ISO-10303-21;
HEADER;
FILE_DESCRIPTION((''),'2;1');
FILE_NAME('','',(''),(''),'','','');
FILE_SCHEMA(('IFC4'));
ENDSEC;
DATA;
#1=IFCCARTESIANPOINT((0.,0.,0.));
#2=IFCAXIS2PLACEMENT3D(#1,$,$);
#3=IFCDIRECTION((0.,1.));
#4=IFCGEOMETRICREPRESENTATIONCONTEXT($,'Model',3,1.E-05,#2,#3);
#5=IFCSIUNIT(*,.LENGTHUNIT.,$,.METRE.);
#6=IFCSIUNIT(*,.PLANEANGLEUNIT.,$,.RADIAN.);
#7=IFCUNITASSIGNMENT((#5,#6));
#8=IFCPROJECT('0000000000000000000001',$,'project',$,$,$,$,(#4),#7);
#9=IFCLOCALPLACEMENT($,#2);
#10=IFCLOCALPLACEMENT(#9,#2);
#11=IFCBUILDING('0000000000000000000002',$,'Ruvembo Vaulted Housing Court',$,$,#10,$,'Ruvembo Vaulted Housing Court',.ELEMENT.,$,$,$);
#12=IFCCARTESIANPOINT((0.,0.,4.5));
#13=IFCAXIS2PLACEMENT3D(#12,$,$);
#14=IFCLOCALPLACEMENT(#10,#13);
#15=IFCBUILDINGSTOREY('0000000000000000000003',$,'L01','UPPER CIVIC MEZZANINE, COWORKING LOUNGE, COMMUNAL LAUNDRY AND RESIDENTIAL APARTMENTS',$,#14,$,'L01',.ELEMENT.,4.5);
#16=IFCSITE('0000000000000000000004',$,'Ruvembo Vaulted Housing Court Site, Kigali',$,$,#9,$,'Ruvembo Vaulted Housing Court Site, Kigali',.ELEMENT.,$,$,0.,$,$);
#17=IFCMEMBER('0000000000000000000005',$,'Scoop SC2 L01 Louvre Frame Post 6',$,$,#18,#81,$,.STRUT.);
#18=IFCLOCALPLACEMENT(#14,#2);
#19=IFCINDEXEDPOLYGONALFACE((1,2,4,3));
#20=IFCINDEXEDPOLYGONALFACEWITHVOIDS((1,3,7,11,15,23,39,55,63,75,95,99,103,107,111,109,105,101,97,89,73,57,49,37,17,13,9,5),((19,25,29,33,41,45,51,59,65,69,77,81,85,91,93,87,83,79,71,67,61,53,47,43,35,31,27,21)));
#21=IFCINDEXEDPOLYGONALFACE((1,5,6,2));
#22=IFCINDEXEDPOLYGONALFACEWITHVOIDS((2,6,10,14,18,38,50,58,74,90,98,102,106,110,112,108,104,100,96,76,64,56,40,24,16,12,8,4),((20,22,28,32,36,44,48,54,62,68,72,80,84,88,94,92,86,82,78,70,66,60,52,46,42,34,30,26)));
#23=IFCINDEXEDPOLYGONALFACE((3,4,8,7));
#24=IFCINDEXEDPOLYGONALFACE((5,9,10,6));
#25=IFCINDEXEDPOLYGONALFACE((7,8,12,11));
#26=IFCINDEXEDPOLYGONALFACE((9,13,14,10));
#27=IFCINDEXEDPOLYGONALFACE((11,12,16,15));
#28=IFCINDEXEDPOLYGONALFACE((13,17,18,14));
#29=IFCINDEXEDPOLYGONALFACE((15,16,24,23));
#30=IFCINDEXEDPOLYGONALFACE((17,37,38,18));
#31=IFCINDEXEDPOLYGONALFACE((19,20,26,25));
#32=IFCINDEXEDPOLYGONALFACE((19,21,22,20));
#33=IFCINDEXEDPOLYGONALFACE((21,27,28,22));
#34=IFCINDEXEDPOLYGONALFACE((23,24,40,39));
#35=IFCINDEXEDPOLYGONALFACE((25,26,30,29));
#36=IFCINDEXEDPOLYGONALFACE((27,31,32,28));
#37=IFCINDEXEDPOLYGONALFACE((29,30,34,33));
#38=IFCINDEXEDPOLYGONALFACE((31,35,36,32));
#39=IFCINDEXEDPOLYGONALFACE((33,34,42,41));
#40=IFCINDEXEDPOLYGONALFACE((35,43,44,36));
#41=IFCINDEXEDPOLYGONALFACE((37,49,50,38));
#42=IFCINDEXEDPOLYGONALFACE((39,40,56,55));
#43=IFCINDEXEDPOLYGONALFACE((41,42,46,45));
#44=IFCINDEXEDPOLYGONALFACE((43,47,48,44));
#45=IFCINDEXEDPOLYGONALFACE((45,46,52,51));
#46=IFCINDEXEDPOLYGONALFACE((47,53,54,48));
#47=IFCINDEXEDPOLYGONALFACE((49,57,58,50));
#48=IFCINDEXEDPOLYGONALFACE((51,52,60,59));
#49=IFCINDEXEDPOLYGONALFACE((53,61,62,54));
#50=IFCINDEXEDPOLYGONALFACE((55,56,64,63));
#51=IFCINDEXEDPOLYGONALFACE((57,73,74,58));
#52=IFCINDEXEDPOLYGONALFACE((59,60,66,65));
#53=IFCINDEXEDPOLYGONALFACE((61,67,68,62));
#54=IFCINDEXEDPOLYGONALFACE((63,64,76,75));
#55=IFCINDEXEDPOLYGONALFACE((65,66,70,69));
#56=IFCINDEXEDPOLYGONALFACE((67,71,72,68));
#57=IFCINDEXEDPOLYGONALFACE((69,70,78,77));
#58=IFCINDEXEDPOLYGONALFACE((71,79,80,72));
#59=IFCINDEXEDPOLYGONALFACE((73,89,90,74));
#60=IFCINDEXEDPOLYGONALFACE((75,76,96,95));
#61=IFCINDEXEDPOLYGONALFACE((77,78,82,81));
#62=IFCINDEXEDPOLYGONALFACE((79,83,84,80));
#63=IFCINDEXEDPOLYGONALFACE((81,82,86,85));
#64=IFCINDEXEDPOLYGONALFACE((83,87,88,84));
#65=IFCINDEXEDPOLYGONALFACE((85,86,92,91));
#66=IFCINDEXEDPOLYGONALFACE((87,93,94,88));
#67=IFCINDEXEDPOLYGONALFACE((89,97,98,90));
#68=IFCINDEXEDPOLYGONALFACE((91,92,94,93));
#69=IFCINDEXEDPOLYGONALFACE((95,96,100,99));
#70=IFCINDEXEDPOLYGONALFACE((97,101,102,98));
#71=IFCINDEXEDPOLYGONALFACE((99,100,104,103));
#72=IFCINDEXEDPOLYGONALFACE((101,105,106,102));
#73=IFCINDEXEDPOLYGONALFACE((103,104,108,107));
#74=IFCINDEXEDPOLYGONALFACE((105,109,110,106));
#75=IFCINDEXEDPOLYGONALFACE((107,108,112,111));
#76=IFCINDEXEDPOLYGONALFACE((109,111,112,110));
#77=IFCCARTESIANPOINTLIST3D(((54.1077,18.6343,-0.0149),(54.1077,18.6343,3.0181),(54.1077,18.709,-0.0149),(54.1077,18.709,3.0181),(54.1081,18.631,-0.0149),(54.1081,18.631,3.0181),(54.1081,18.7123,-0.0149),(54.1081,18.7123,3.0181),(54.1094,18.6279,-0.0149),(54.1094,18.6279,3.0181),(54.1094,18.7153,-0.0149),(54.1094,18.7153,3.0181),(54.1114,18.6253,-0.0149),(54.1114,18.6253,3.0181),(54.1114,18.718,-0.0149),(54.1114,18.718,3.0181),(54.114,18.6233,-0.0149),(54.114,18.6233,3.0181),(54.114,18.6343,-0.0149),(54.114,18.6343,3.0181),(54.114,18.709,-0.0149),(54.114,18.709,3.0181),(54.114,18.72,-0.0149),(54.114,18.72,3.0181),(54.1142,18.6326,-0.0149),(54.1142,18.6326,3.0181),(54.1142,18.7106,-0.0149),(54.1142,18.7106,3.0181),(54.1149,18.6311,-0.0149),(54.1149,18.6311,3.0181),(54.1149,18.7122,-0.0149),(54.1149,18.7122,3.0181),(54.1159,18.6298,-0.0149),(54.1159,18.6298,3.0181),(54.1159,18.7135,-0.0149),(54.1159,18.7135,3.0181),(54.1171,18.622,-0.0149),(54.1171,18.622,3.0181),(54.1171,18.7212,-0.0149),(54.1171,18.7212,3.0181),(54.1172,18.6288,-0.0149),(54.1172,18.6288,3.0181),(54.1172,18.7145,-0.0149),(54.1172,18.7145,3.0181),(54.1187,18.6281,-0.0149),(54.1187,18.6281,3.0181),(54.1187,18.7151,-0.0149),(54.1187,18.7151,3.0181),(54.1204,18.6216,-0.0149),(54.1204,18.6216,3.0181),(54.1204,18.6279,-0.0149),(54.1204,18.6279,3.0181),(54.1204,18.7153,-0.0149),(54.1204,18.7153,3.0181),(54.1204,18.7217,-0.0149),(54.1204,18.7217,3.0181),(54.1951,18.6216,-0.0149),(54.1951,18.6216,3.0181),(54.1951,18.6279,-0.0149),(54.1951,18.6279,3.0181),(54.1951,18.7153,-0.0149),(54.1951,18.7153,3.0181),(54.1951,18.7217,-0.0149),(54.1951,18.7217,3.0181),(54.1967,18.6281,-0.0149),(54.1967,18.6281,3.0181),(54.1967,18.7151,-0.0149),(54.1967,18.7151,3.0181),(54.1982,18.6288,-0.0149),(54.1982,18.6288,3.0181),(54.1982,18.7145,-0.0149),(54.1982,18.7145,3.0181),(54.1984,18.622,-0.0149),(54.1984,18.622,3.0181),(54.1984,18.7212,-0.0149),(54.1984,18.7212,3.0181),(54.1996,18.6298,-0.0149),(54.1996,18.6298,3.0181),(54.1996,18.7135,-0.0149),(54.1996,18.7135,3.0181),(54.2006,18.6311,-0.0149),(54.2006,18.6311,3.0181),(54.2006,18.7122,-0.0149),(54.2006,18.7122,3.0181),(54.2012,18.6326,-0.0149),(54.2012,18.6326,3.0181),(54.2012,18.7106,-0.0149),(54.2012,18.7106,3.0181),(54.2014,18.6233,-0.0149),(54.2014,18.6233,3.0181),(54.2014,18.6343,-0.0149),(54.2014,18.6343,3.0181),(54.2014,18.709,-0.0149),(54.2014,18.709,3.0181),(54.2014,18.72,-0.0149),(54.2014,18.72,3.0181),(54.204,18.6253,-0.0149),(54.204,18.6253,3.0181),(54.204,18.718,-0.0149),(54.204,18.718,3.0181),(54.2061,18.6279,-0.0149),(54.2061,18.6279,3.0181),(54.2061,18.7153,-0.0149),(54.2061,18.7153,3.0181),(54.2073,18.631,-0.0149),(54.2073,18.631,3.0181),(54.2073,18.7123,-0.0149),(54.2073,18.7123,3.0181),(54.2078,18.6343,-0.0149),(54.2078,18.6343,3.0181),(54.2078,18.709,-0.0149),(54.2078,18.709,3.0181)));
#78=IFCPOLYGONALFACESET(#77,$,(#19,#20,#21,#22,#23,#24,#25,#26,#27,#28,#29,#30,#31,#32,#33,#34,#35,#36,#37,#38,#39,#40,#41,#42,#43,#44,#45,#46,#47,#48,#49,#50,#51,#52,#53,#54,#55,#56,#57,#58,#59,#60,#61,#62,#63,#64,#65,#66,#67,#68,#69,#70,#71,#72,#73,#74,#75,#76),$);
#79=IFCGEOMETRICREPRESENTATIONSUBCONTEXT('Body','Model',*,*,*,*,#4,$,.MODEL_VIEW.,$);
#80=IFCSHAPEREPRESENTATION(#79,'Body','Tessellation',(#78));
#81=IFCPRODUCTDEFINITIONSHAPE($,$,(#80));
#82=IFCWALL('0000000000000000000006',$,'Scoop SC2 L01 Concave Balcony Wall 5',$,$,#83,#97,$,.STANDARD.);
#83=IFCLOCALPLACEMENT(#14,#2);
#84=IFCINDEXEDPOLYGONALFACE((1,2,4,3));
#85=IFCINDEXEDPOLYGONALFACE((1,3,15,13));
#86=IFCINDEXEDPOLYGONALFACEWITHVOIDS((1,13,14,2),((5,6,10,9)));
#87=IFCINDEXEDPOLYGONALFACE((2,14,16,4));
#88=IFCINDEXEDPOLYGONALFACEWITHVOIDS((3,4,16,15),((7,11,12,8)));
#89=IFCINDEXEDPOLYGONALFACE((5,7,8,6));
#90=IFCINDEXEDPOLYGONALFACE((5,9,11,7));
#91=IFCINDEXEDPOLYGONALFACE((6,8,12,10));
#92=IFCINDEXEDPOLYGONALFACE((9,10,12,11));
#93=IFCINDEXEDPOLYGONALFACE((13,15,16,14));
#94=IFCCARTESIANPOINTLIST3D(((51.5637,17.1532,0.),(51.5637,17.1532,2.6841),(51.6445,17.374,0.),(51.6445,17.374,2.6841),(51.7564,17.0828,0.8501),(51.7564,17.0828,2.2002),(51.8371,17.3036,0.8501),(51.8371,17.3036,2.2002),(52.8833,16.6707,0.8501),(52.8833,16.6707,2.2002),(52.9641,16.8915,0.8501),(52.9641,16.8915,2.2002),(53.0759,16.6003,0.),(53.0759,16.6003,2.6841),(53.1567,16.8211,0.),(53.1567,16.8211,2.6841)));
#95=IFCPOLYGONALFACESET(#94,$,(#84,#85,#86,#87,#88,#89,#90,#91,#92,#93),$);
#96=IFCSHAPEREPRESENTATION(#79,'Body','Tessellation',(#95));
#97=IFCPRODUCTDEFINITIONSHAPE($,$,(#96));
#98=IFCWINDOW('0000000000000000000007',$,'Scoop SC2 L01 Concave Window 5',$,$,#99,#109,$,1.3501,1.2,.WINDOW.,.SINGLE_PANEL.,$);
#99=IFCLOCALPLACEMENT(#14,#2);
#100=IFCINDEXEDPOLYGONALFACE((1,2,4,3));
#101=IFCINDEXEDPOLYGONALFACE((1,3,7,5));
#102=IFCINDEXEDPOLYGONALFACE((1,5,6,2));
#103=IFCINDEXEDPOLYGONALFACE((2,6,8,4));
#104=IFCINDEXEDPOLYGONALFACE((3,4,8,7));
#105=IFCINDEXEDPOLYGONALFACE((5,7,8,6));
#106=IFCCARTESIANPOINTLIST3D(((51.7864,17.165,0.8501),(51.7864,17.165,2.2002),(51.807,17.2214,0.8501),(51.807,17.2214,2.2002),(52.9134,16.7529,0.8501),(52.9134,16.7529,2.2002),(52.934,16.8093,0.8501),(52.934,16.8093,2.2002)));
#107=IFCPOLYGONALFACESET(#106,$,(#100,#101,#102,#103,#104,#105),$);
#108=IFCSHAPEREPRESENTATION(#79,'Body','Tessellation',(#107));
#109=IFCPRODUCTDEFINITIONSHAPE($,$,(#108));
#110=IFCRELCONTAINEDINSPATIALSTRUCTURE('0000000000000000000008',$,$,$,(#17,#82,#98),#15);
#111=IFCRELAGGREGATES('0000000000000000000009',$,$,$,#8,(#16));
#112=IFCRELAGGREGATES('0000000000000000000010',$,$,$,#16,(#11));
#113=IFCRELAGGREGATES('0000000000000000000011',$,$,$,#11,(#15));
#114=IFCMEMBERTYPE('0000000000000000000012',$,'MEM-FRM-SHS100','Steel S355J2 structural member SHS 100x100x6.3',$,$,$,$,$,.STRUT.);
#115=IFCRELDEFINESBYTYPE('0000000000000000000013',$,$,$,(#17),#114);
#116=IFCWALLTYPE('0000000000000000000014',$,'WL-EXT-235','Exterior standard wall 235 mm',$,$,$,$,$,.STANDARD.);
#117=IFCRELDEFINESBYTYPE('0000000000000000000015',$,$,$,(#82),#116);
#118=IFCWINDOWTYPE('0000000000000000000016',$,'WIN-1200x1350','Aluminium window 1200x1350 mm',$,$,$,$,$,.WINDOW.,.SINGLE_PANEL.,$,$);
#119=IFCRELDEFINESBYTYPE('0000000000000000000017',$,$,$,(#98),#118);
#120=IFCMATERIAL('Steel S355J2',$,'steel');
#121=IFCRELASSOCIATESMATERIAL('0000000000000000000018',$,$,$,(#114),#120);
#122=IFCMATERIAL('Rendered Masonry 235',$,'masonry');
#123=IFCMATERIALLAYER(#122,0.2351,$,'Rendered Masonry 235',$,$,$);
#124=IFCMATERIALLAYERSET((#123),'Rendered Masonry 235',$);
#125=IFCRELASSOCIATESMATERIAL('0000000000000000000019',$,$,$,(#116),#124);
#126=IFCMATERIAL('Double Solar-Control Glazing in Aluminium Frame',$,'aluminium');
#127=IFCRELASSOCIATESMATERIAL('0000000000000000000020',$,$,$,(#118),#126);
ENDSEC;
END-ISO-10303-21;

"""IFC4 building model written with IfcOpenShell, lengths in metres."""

from ifc_helpers import new_model, si_unit, direction, frame, frame_2d, origin, origin_2d, place, context, subcontext, project, spatial, rectangle, hollow_rectangle, extrude, material, layer, layer_set, material_profile, profile_set, type_object, element, fill, save


model = new_model("IFC4")

# Units and contexts
model_context = context("Model", 3, precision=1e-05, world=origin(), true_north=direction((0.0, 1.0)))
body_context = subcontext(model_context, "Body", "Model", "MODEL_VIEW")
ifc_project = project(units=[si_unit("LENGTHUNIT", "METRE"), si_unit("PLANEANGLEUNIT", "RADIAN")], contexts=[model_context])

# Site, building, storey
site_placement = place(None, origin())
site = spatial("IfcSite", under=ifc_project, at=site_placement, Name="Ruvembo Vaulted Housing Court Site, Kigali", LongName="Ruvembo Vaulted Housing Court Site, Kigali", CompositionType="ELEMENT", RefElevation=0.0)
building_placement = place(site_placement, origin())
building = spatial("IfcBuilding", under=site, at=building_placement, Name="Ruvembo Vaulted Housing Court", LongName="Ruvembo Vaulted Housing Court", CompositionType="ELEMENT")
storey_placement = place(building_placement, frame((0.0, 0.0, 4.5)))
storey = spatial("IfcBuildingStorey", under=building, at=storey_placement, Name="L01", Description="UPPER CIVIC MEZZANINE, COWORKING LOUNGE, COMMUNAL LAUNDRY AND RESIDENTIAL APARTMENTS", LongName="L01", CompositionType="ELEMENT", Elevation=4.5)

# Shared definitions
ifc_material_1 = material(Name="Steel S355J2", Category="steel")

# Member
ifc_material_profile_1 = material_profile(ifc_material_1, hollow_rectangle(XDim=0.1001, YDim=0.1001, WallThickness=0.0063, InnerFilletRadius=0.0063, OuterFilletRadius=0.0127, at=origin_2d()), Name="SHS 100x100x6.3")
ifc_profile_set_1 = profile_set([ifc_material_profile_1], Name="Steel S355J2")
member_type_1 = type_object("IfcMemberType", Name="MEM-FRM-SHS100", Description="Steel S355J2 structural member SHS 100x100x6.3", PredefinedType="STRUT", material=ifc_profile_set_1)
for number, where, z_axis, x_axis, name in (
    (1, (54.1577, 18.6716, -0.0149), (0.0, 0.0, 1.0), (1.0, 0.0, 0.0), "Scoop SC2 L01 Louvre Frame Post 6"),
):
    element("IfcMember", number, at=place(storey_placement, frame(where, z_axis=z_axis, x_axis=x_axis)), inside=storey, type_object=member_type_1, Name=name, PredefinedType="STRUT", context=body_context, shape_type="SweptSolid", body=[
        extrude(hollow_rectangle(XDim=0.1001, YDim=0.1001, WallThickness=0.0063, InnerFilletRadius=0.0063, OuterFilletRadius=0.0127, at=origin_2d()), origin(), (0.0, 0.0, 1.0), 3.033),
    ])

# Wall, opening, window
ifc_material_2 = material(Name="Rendered Masonry 235", Category="masonry")
ifc_layer_1 = layer(ifc_material_2, 0.2351, Name="Rendered Masonry 235")
ifc_layer_set_1 = layer_set([ifc_layer_1], Name="Rendered Masonry 235")
wall_type = type_object("IfcWallType", Name="WL-EXT-235", Description="Exterior standard wall 235 mm", PredefinedType="STANDARD", material=ifc_layer_set_1)
wall_placement = place(storey_placement, frame((51.604, 17.2637, 0.0), z_axis=(0.0, 0.0, 1.0), x_axis=(0.939177, -0.343435, 0.0)))
wall = element("IfcWall", 2, at=wall_placement, inside=storey, type_object=wall_type, Name="Scoop SC2 L01 Concave Balcony Wall 5", PredefinedType="STANDARD", context=body_context, shape_type="SweptSolid", body=[
    extrude(rectangle(XDim=1.6101, YDim=0.2351, at=frame_2d((0.8052, 0.0))), origin(), (0.0, 0.0, 1.0), 2.6841),
])
opening_placement = place(wall_placement, frame((0.2051, 0.0, 0.8501)))
opening = element("IfcOpeningElement", 3, at=opening_placement, cuts=wall, PredefinedType="OPENING", context=body_context, shape_type="SweptSolid", body=[
    extrude(rectangle(XDim=1.2, YDim=1.3501, at=frame_2d((0.6001, 0.675))), frame((0.0, 0.1274, 0.0), z_axis=(0.0, -1.0, 0.0), x_axis=(1.0, 0.0, 0.0)), (0.0, 0.0, 1.0), 0.2551),
])
ifc_material_3 = material(Name="Double Solar-Control Glazing in Aluminium Frame", Category="aluminium")
window_type = type_object("IfcWindowType", Name="WIN-1200x1350", Description="Aluminium window 1200x1350 mm", PartitioningType="SINGLE_PANEL", PredefinedType="WINDOW", material=ifc_material_3)
window_placement = place(opening_placement, origin())
window = element("IfcWindow", 4, at=window_placement, inside=storey, type_object=window_type, Name="Scoop SC2 L01 Concave Window 5", OverallHeight=1.3501, OverallWidth=1.2, PartitioningType="SINGLE_PANEL", PredefinedType="WINDOW", context=body_context, shape_type="SweptSolid", body=[
    extrude(rectangle(XDim=1.2, YDim=1.3501, at=frame_2d((0.6001, 0.675))), frame((0.0, 0.03, 0.0), z_axis=(0.0, -1.0, 0.0), x_axis=(1.0, 0.0, 0.0)), (0.0, 0.0, 1.0), 0.0601),
])
fill(opening, window)

save(model, "model.ifc")
